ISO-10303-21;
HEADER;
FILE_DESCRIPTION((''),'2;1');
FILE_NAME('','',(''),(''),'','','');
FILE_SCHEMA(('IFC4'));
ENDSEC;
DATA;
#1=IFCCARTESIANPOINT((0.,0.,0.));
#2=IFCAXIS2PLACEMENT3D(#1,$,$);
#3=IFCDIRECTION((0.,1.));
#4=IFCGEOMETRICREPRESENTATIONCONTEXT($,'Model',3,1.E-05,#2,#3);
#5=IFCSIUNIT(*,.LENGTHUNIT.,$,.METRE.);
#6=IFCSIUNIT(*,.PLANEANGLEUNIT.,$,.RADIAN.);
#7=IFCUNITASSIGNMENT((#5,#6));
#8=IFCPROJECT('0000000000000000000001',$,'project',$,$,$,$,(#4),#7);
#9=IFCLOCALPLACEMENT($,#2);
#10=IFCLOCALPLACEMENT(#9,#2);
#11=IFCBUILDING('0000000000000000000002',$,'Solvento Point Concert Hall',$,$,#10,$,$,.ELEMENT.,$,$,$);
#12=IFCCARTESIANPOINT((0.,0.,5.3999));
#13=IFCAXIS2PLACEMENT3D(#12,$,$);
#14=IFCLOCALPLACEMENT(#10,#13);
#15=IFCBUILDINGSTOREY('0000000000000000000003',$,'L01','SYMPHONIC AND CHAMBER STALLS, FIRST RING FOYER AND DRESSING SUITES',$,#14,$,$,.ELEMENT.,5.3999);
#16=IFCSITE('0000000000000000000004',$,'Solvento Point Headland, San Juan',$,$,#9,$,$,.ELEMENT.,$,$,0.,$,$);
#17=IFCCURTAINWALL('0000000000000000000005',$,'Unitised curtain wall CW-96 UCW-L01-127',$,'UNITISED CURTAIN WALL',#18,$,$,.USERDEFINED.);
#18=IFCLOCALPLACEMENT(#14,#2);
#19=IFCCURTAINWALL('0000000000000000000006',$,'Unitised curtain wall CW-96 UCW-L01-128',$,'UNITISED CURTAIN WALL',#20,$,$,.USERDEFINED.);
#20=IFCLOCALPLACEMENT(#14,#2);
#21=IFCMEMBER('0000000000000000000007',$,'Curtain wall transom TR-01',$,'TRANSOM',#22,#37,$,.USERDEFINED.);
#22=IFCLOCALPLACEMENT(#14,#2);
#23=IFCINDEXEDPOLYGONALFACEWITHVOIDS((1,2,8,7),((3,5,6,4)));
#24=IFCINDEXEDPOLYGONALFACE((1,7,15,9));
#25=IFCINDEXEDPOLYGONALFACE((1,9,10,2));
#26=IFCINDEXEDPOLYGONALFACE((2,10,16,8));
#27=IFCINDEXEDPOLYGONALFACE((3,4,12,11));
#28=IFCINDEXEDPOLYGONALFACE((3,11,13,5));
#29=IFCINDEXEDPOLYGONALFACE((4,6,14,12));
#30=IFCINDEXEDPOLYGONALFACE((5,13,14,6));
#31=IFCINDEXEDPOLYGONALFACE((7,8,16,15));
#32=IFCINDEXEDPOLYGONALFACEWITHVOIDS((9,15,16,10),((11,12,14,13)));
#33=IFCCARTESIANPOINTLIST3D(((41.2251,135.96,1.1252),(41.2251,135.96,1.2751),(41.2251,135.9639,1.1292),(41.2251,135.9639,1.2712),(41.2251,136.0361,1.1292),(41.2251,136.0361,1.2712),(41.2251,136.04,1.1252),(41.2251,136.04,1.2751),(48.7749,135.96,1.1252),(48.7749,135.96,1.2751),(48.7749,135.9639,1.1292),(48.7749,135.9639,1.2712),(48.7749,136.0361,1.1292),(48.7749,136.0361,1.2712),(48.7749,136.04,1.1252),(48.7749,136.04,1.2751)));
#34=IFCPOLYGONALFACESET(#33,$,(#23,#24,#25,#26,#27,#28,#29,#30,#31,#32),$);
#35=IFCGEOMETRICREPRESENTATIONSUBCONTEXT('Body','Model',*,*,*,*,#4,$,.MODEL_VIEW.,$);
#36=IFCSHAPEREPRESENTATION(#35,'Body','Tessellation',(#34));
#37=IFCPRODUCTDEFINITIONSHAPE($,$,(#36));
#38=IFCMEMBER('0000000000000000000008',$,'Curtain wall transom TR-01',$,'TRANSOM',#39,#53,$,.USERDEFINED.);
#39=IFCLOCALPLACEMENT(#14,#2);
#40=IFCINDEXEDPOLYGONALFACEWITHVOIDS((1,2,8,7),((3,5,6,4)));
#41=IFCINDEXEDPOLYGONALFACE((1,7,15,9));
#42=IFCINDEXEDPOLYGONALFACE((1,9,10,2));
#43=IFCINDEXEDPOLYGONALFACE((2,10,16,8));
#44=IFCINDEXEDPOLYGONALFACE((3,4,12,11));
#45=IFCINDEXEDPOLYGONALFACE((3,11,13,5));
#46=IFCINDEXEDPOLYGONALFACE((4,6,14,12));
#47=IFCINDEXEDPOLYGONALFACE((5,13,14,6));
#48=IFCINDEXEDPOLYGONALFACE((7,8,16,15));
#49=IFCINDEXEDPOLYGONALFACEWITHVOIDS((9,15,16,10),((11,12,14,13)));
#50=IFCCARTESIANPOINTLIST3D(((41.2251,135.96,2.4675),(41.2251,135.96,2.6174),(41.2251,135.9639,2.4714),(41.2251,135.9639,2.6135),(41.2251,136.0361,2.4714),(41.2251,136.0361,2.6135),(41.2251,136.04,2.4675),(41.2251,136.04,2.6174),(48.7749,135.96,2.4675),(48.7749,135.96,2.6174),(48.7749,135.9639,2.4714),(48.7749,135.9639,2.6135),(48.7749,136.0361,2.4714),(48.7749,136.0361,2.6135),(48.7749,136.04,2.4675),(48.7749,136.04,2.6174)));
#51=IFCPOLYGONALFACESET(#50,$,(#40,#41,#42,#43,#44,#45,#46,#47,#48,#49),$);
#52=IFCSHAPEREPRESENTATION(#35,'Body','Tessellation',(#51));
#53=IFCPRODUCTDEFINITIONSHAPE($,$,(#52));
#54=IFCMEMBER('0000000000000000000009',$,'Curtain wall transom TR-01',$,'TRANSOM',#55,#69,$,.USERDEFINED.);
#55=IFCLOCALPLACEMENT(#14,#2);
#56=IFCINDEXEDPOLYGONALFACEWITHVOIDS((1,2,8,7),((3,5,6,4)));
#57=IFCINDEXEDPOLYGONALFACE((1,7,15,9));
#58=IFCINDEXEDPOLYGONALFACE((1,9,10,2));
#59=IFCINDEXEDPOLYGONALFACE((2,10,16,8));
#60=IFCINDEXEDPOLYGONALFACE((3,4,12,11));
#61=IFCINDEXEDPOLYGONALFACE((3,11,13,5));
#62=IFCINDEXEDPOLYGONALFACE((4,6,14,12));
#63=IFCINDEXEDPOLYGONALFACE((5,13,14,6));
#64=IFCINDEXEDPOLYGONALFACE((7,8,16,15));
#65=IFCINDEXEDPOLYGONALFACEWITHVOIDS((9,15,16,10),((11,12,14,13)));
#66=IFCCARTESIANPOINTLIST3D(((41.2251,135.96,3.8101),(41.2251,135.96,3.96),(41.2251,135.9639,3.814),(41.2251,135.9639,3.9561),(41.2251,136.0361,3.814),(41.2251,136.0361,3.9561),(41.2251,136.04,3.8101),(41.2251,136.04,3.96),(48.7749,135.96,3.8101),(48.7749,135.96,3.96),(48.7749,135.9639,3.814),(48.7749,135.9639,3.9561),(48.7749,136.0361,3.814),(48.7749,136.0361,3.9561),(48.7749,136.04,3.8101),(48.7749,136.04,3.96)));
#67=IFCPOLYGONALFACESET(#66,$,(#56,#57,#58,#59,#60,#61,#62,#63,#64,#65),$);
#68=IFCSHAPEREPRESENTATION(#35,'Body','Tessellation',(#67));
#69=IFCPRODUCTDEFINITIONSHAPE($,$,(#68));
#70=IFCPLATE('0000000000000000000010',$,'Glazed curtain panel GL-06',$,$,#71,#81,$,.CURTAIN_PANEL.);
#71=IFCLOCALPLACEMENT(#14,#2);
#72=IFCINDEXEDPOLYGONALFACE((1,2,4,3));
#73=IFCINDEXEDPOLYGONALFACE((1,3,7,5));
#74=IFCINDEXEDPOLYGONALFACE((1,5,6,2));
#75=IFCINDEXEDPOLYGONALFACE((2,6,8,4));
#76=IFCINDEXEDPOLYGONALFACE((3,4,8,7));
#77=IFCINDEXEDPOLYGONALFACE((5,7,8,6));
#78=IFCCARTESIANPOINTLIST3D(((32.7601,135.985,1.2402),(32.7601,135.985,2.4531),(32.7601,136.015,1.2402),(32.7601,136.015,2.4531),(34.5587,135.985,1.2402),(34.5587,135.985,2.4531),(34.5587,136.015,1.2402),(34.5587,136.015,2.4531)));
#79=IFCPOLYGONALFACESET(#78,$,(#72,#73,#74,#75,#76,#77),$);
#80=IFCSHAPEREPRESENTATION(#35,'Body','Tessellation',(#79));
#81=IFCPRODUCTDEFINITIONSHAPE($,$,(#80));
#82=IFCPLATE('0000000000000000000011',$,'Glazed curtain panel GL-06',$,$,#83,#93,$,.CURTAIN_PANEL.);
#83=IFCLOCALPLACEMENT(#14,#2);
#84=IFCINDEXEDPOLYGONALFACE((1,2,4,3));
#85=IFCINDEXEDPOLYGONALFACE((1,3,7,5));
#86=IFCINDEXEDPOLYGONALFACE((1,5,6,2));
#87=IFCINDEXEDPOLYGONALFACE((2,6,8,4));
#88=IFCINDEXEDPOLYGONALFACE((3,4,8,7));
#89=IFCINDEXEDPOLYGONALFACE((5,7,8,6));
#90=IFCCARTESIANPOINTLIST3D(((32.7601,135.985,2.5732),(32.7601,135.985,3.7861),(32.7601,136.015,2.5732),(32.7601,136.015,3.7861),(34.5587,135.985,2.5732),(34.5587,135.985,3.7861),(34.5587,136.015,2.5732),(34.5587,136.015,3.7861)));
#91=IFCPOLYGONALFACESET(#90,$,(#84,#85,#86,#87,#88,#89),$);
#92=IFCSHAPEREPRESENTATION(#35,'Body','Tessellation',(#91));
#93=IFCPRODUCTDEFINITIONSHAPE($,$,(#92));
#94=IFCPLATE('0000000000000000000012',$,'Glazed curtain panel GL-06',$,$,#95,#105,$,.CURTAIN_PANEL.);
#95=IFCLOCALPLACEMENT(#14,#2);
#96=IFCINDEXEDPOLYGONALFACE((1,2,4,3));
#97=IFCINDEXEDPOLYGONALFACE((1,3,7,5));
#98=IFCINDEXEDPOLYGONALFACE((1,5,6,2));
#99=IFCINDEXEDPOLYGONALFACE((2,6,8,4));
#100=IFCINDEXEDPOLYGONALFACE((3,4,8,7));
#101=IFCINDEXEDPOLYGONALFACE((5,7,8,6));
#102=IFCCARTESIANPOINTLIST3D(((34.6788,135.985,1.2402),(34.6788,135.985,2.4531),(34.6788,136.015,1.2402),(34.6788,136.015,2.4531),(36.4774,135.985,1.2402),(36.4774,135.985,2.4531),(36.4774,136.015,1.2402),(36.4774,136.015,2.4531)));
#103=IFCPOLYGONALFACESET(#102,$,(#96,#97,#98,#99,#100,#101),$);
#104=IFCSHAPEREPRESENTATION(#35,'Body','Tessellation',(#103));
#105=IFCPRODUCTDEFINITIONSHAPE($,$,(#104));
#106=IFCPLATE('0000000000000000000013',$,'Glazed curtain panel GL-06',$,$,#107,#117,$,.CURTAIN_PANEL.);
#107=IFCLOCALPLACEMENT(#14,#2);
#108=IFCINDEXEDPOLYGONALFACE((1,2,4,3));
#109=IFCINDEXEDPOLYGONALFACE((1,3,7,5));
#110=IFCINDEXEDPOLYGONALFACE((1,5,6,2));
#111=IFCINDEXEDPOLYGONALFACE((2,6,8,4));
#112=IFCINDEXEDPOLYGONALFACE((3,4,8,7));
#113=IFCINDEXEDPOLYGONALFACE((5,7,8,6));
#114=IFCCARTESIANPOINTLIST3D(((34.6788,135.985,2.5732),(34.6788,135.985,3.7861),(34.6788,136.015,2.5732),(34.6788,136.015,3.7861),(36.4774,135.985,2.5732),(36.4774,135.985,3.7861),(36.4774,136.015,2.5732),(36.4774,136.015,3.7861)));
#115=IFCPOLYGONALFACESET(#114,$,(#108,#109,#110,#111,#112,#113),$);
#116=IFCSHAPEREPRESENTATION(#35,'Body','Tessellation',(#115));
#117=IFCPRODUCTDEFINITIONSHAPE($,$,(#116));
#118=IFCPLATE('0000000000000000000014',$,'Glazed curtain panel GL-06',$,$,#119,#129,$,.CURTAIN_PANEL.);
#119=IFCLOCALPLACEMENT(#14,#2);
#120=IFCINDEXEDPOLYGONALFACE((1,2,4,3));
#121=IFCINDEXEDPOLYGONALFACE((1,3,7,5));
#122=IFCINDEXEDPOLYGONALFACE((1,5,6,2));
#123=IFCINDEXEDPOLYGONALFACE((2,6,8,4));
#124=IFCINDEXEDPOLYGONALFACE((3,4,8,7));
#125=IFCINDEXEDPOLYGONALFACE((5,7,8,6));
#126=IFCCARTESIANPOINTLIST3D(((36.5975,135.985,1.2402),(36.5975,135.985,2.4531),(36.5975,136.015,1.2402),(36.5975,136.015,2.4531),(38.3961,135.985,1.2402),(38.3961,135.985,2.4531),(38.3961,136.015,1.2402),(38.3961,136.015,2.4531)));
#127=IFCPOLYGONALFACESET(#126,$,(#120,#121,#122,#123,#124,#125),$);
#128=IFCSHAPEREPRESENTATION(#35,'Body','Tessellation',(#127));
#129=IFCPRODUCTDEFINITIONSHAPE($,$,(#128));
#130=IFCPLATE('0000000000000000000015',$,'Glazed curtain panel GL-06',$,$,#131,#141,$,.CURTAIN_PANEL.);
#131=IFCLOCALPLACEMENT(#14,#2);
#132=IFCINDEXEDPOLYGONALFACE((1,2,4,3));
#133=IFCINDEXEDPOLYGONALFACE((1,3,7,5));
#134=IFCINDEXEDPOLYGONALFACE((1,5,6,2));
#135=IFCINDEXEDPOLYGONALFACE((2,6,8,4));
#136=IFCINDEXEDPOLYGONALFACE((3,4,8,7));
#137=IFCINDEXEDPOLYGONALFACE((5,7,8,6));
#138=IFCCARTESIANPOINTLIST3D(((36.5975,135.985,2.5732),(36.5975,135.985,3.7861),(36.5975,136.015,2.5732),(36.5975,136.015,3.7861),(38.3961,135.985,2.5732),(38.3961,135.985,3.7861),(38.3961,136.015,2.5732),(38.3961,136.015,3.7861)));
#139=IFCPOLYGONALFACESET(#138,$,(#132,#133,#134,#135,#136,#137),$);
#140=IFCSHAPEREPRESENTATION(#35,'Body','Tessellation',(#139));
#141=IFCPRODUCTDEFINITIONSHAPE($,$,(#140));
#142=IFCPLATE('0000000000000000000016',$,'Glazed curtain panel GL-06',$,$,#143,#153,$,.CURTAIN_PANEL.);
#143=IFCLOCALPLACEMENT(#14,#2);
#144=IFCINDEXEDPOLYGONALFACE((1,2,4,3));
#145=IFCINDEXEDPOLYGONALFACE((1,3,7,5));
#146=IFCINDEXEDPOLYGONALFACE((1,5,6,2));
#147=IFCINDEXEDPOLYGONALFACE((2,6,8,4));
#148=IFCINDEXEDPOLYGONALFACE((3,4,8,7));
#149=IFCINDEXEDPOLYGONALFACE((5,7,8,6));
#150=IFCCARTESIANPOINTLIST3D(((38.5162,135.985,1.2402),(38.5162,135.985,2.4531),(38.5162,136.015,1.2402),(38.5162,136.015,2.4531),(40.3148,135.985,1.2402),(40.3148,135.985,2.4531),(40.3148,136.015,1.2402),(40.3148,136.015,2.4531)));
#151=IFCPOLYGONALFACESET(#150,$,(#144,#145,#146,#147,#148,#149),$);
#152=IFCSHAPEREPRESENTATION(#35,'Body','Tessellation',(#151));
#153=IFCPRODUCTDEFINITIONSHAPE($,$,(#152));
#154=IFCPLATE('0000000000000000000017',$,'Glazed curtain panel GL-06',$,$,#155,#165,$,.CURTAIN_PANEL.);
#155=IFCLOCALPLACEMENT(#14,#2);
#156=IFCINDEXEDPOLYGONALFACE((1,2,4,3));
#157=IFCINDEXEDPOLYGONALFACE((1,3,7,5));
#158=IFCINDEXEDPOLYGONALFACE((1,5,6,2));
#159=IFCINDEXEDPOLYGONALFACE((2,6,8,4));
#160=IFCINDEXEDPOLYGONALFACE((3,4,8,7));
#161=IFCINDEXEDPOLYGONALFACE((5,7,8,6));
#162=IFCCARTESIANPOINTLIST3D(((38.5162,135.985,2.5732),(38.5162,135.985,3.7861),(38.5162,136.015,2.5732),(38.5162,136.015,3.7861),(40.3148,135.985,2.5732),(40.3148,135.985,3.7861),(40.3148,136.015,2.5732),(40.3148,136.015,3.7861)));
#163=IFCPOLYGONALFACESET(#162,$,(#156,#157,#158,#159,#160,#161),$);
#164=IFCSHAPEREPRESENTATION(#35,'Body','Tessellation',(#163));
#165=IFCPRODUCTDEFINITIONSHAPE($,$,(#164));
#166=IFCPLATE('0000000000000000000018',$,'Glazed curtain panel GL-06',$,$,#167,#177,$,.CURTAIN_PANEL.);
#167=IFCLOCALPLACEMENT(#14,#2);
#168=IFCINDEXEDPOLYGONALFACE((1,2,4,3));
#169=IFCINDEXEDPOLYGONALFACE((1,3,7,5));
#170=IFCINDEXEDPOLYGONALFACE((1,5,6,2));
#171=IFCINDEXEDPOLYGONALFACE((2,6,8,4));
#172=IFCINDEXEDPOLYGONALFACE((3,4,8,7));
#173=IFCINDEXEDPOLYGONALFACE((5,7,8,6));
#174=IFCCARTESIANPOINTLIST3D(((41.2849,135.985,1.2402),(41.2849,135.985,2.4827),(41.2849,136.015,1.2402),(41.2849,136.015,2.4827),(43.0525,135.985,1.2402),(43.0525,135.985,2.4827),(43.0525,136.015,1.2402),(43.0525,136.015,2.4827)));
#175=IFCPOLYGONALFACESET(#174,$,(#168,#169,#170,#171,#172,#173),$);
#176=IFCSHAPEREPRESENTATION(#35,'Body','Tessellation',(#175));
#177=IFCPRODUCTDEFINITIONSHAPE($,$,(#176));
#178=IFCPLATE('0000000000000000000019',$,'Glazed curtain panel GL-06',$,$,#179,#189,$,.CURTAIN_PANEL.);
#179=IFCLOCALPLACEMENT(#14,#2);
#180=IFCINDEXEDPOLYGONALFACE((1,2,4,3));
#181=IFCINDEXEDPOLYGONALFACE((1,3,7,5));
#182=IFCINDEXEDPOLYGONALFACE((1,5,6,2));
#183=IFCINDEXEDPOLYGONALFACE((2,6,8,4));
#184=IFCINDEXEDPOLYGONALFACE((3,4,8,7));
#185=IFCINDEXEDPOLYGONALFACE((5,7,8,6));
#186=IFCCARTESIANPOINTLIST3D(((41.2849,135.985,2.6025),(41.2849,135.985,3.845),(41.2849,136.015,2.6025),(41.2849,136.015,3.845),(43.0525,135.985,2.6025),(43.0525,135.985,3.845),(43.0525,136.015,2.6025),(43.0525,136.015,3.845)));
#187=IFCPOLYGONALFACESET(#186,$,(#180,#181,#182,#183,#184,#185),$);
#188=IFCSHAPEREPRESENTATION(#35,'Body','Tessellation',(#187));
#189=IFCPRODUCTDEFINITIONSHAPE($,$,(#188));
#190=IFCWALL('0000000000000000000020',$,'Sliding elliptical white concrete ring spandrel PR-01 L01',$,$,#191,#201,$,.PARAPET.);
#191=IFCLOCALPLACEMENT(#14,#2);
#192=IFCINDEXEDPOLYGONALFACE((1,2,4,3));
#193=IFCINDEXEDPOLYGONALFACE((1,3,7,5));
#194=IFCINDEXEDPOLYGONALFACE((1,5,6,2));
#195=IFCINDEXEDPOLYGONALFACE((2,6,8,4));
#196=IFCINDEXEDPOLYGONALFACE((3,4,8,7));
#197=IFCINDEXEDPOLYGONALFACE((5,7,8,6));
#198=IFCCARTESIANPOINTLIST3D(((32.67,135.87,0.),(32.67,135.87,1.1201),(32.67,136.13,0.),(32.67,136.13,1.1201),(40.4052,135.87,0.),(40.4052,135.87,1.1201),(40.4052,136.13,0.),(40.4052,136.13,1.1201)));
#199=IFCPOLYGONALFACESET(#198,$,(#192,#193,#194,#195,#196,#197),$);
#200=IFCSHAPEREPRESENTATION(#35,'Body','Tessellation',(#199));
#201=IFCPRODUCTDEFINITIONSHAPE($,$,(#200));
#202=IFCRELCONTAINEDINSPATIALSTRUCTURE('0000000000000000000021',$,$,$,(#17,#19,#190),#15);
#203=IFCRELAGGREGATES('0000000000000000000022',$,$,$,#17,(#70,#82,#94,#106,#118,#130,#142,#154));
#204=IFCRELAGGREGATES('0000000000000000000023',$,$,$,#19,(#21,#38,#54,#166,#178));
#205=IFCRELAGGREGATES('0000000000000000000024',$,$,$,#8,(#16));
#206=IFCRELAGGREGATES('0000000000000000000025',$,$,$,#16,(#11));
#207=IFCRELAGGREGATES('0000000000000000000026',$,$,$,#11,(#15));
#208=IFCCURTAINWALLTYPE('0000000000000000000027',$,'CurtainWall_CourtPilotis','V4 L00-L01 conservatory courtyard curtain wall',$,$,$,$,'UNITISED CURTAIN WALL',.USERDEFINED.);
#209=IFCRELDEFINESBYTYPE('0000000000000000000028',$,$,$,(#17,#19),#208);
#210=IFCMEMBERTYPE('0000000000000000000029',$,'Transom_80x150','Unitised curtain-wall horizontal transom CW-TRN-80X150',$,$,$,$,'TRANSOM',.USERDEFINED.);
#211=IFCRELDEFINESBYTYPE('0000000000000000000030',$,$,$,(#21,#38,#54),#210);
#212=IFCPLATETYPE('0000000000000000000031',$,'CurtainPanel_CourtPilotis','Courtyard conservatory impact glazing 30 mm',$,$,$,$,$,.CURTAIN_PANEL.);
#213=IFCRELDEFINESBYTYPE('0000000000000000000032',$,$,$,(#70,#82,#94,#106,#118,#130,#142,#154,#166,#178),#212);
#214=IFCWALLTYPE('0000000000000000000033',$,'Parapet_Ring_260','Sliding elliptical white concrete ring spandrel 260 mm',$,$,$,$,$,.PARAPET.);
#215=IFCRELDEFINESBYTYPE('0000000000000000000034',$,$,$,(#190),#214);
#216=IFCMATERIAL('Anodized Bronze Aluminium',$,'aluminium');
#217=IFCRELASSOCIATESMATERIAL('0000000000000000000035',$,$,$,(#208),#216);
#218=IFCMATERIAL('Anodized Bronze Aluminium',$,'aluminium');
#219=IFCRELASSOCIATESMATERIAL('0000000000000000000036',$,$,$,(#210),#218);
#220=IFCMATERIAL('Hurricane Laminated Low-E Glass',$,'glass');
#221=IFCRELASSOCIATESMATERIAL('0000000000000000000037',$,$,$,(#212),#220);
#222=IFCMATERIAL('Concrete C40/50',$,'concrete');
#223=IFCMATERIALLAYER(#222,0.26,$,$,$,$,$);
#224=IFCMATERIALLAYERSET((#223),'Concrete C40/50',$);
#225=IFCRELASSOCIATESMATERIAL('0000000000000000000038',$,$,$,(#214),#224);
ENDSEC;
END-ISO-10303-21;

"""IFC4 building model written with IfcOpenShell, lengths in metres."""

from ifc_helpers import new_model, si_unit, direction, frame, frame_2d, origin, origin_2d, place, context, subcontext, project, spatial, rectangle, hollow_rectangle, extrude, material, layer, layer_set, material_profile, profile_set, type_object, element, aggregate, save


model = new_model("IFC4")

# Units and contexts
model_context = context("Model", 3, precision=1e-05, world=origin(), true_north=direction((0.0, 1.0)))
body_context = subcontext(model_context, "Body", "Model", "MODEL_VIEW")
ifc_project = project(units=[si_unit("LENGTHUNIT", "METRE"), si_unit("PLANEANGLEUNIT", "RADIAN")], contexts=[model_context])

# Site, building, storey
site_placement = place(None, origin())
site = spatial("IfcSite", under=ifc_project, at=site_placement, Name="Solvento Point Headland, San Juan", CompositionType="ELEMENT", RefElevation=0.0)
building_placement = place(site_placement, origin())
building = spatial("IfcBuilding", under=site, at=building_placement, Name="Solvento Point Concert Hall", CompositionType="ELEMENT")
storey_placement = place(building_placement, frame((0.0, 0.0, 5.3999)))
storey = spatial("IfcBuildingStorey", under=building, at=storey_placement, Name="L01", Description="SYMPHONIC AND CHAMBER STALLS, FIRST RING FOYER AND DRESSING SUITES", CompositionType="ELEMENT", Elevation=5.3999)

# Curtain wall
ifc_material_1 = material(Name="Anodized Bronze Aluminium", Category="aluminium")
curtain_wall_type = type_object("IfcCurtainWallType", Name="CurtainWall_CourtPilotis", Description="V4 L00-L01 conservatory courtyard curtain wall", ElementType="UNITISED CURTAIN WALL", PredefinedType="USERDEFINED", material=ifc_material_1)
curtain_wall_1_placement = place(storey_placement, origin())
curtain_wall_1 = element("IfcCurtainWall", 1, at=curtain_wall_1_placement, inside=storey, type_object=curtain_wall_type, Name="Unitised curtain wall CW-96 UCW-L01-127", ObjectType="UNITISED CURTAIN WALL", PredefinedType="USERDEFINED")

# Curtain wall
curtain_wall_2_placement = place(storey_placement, origin())
curtain_wall_2 = element("IfcCurtainWall", 2, at=curtain_wall_2_placement, inside=storey, type_object=curtain_wall_type, Name="Unitised curtain wall CW-96 UCW-L01-128", ObjectType="UNITISED CURTAIN WALL", PredefinedType="USERDEFINED")

# Members
ifc_material_2 = material(Name="Anodized Bronze Aluminium", Category="aluminium")
ifc_material_profile_1 = material_profile(ifc_material_2, hollow_rectangle(XDim=0.0801, YDim=0.1499, WallThickness=0.0039, at=origin_2d()), Name="CW-TRN-80X150")
ifc_profile_set_1 = profile_set([ifc_material_profile_1], Name="Anodized Bronze Aluminium")
member_type_1 = type_object("IfcMemberType", Name="Transom_80x150", Description="Unitised curtain-wall horizontal transom CW-TRN-80X150", ElementType="TRANSOM", PredefinedType="USERDEFINED", material=ifc_profile_set_1)
member_1_placement = place(storey_placement, frame((41.2251, 136.0, 1.2002), z_axis=(1.0, 0.0, 0.0), x_axis=(0.0, 1.0, 0.0)))
member_1 = element("IfcMember", 3, at=member_1_placement, type_object=member_type_1, Name="Curtain wall transom TR-01", ObjectType="TRANSOM", PredefinedType="USERDEFINED", context=body_context, shape_type="SweptSolid", body=[
    extrude(hollow_rectangle(XDim=0.0801, YDim=0.1499, WallThickness=0.0039, at=origin_2d()), origin(), (0.0, 0.0, 1.0), 7.5498),
])
member_2_placement = place(storey_placement, frame((41.2251, 136.0, 2.5425), z_axis=(1.0, 0.0, 0.0), x_axis=(0.0, 1.0, 0.0)))
member_2 = element("IfcMember", 4, at=member_2_placement, type_object=member_type_1, Name="Curtain wall transom TR-01", ObjectType="TRANSOM", PredefinedType="USERDEFINED", context=body_context, shape_type="SweptSolid", body=[
    extrude(hollow_rectangle(XDim=0.0801, YDim=0.1499, WallThickness=0.0039, at=origin_2d()), origin(), (0.0, 0.0, 1.0), 7.5498),
])
member_3_placement = place(storey_placement, frame((41.2251, 136.0, 3.885), z_axis=(1.0, 0.0, 0.0), x_axis=(0.0, 1.0, 0.0)))
member_3 = element("IfcMember", 5, at=member_3_placement, type_object=member_type_1, Name="Curtain wall transom TR-01", ObjectType="TRANSOM", PredefinedType="USERDEFINED", context=body_context, shape_type="SweptSolid", body=[
    extrude(hollow_rectangle(XDim=0.0801, YDim=0.1499, WallThickness=0.0039, at=origin_2d()), origin(), (0.0, 0.0, 1.0), 7.5498),
])

# Plates
ifc_material_3 = material(Name="Hurricane Laminated Low-E Glass", Category="glass")
plate_type = type_object("IfcPlateType", Name="CurtainPanel_CourtPilotis", Description="Courtyard conservatory impact glazing 30 mm", PredefinedType="CURTAIN_PANEL", material=ifc_material_3)
plate_1_placement = place(storey_placement, frame((33.6594, 136.0, 1.2402), z_axis=(0.0, 0.0, 1.0), x_axis=(1.0, 0.0, 0.0)))
plate_1 = element("IfcPlate", 6, at=plate_1_placement, type_object=plate_type, Name="Glazed curtain panel GL-06", PredefinedType="CURTAIN_PANEL", context=body_context, shape_type="SweptSolid", body=[
    extrude(rectangle(XDim=1.7986, YDim=0.03, at=origin_2d()), origin(), (0.0, 0.0, 1.0), 1.2129),
])
plate_2_placement = place(storey_placement, frame((33.6594, 136.0, 2.5732), z_axis=(0.0, 0.0, 1.0), x_axis=(1.0, 0.0, 0.0)))
plate_2 = element("IfcPlate", 7, at=plate_2_placement, type_object=plate_type, Name="Glazed curtain panel GL-06", PredefinedType="CURTAIN_PANEL", context=body_context, shape_type="SweptSolid", body=[
    extrude(rectangle(XDim=1.7986, YDim=0.03, at=origin_2d()), origin(), (0.0, 0.0, 1.0), 1.2129),
])
plate_3_placement = place(storey_placement, frame((35.5781, 136.0, 1.2402), z_axis=(0.0, 0.0, 1.0), x_axis=(1.0, 0.0, 0.0)))
plate_3 = element("IfcPlate", 8, at=plate_3_placement, type_object=plate_type, Name="Glazed curtain panel GL-06", PredefinedType="CURTAIN_PANEL", context=body_context, shape_type="SweptSolid", body=[
    extrude(rectangle(XDim=1.7986, YDim=0.03, at=origin_2d()), origin(), (0.0, 0.0, 1.0), 1.2129),
])
plate_4_placement = place(storey_placement, frame((35.5781, 136.0, 2.5732), z_axis=(0.0, 0.0, 1.0), x_axis=(1.0, 0.0, 0.0)))
plate_4 = element("IfcPlate", 9, at=plate_4_placement, type_object=plate_type, Name="Glazed curtain panel GL-06", PredefinedType="CURTAIN_PANEL", context=body_context, shape_type="SweptSolid", body=[
    extrude(rectangle(XDim=1.7986, YDim=0.03, at=origin_2d()), origin(), (0.0, 0.0, 1.0), 1.2129),
])
plate_5_placement = place(storey_placement, frame((37.4968, 136.0, 1.2402), z_axis=(0.0, 0.0, 1.0), x_axis=(1.0, 0.0, 0.0)))
plate_5 = element("IfcPlate", 10, at=plate_5_placement, type_object=plate_type, Name="Glazed curtain panel GL-06", PredefinedType="CURTAIN_PANEL", context=body_context, shape_type="SweptSolid", body=[
    extrude(rectangle(XDim=1.7986, YDim=0.03, at=origin_2d()), origin(), (0.0, 0.0, 1.0), 1.2129),
])
plate_6_placement = place(storey_placement, frame((37.4968, 136.0, 2.5732), z_axis=(0.0, 0.0, 1.0), x_axis=(1.0, 0.0, 0.0)))
plate_6 = element("IfcPlate", 11, at=plate_6_placement, type_object=plate_type, Name="Glazed curtain panel GL-06", PredefinedType="CURTAIN_PANEL", context=body_context, shape_type="SweptSolid", body=[
    extrude(rectangle(XDim=1.7986, YDim=0.03, at=origin_2d()), origin(), (0.0, 0.0, 1.0), 1.2129),
])
plate_7_placement = place(storey_placement, frame((39.4155, 136.0, 1.2402), z_axis=(0.0, 0.0, 1.0), x_axis=(1.0, 0.0, 0.0)))
plate_7 = element("IfcPlate", 12, at=plate_7_placement, type_object=plate_type, Name="Glazed curtain panel GL-06", PredefinedType="CURTAIN_PANEL", context=body_context, shape_type="SweptSolid", body=[
    extrude(rectangle(XDim=1.7986, YDim=0.03, at=origin_2d()), origin(), (0.0, 0.0, 1.0), 1.2129),
])
plate_8_placement = place(storey_placement, frame((39.4155, 136.0, 2.5732), z_axis=(0.0, 0.0, 1.0), x_axis=(1.0, 0.0, 0.0)))
plate_8 = element("IfcPlate", 13, at=plate_8_placement, type_object=plate_type, Name="Glazed curtain panel GL-06", PredefinedType="CURTAIN_PANEL", context=body_context, shape_type="SweptSolid", body=[
    extrude(rectangle(XDim=1.7986, YDim=0.03, at=origin_2d()), origin(), (0.0, 0.0, 1.0), 1.2129),
])
aggregate(curtain_wall_1, [plate_1, plate_2, plate_3, plate_4, plate_5, plate_6, plate_7, plate_8])
plate_9_placement = place(storey_placement, frame((42.1687, 136.0, 1.2402), z_axis=(0.0, 0.0, 1.0), x_axis=(1.0, 0.0, 0.0)))
plate_9 = element("IfcPlate", 14, at=plate_9_placement, type_object=plate_type, Name="Glazed curtain panel GL-06", PredefinedType="CURTAIN_PANEL", context=body_context, shape_type="SweptSolid", body=[
    extrude(rectangle(XDim=1.7676, YDim=0.03, at=origin_2d()), origin(), (0.0, 0.0, 1.0), 1.2424),
])
plate_10_placement = place(storey_placement, frame((42.1687, 136.0, 2.6025), z_axis=(0.0, 0.0, 1.0), x_axis=(1.0, 0.0, 0.0)))
plate_10 = element("IfcPlate", 15, at=plate_10_placement, type_object=plate_type, Name="Glazed curtain panel GL-06", PredefinedType="CURTAIN_PANEL", context=body_context, shape_type="SweptSolid", body=[
    extrude(rectangle(XDim=1.7676, YDim=0.03, at=origin_2d()), origin(), (0.0, 0.0, 1.0), 1.2424),
])
aggregate(curtain_wall_2, [member_1, member_2, member_3, plate_9, plate_10])

# Wall
ifc_material_4 = material(Name="Concrete C40/50", Category="concrete")
ifc_layer = layer(ifc_material_4, 0.26)
ifc_layer_set = layer_set([ifc_layer], Name="Concrete C40/50")
wall_type = type_object("IfcWallType", Name="Parapet_Ring_260", Description="Sliding elliptical white concrete ring spandrel 260 mm", PredefinedType="PARAPET", material=ifc_layer_set)
wall_1_placement = place(storey_placement, frame((32.6699, 136.0, 0.0), z_axis=(0.0, 0.0, 1.0), x_axis=(1.0, 0.0, 0.0)))
element("IfcWall", 16, at=wall_1_placement, inside=storey, type_object=wall_type, Name="Sliding elliptical white concrete ring spandrel PR-01 L01", PredefinedType="PARAPET", context=body_context, shape_type="SweptSolid", body=[
    extrude(rectangle(XDim=7.7351, YDim=0.26, at=frame_2d((3.8677, 0.0))), origin(), (0.0, 0.0, 1.0), 1.1201),
])

save(model, "model.ifc")
